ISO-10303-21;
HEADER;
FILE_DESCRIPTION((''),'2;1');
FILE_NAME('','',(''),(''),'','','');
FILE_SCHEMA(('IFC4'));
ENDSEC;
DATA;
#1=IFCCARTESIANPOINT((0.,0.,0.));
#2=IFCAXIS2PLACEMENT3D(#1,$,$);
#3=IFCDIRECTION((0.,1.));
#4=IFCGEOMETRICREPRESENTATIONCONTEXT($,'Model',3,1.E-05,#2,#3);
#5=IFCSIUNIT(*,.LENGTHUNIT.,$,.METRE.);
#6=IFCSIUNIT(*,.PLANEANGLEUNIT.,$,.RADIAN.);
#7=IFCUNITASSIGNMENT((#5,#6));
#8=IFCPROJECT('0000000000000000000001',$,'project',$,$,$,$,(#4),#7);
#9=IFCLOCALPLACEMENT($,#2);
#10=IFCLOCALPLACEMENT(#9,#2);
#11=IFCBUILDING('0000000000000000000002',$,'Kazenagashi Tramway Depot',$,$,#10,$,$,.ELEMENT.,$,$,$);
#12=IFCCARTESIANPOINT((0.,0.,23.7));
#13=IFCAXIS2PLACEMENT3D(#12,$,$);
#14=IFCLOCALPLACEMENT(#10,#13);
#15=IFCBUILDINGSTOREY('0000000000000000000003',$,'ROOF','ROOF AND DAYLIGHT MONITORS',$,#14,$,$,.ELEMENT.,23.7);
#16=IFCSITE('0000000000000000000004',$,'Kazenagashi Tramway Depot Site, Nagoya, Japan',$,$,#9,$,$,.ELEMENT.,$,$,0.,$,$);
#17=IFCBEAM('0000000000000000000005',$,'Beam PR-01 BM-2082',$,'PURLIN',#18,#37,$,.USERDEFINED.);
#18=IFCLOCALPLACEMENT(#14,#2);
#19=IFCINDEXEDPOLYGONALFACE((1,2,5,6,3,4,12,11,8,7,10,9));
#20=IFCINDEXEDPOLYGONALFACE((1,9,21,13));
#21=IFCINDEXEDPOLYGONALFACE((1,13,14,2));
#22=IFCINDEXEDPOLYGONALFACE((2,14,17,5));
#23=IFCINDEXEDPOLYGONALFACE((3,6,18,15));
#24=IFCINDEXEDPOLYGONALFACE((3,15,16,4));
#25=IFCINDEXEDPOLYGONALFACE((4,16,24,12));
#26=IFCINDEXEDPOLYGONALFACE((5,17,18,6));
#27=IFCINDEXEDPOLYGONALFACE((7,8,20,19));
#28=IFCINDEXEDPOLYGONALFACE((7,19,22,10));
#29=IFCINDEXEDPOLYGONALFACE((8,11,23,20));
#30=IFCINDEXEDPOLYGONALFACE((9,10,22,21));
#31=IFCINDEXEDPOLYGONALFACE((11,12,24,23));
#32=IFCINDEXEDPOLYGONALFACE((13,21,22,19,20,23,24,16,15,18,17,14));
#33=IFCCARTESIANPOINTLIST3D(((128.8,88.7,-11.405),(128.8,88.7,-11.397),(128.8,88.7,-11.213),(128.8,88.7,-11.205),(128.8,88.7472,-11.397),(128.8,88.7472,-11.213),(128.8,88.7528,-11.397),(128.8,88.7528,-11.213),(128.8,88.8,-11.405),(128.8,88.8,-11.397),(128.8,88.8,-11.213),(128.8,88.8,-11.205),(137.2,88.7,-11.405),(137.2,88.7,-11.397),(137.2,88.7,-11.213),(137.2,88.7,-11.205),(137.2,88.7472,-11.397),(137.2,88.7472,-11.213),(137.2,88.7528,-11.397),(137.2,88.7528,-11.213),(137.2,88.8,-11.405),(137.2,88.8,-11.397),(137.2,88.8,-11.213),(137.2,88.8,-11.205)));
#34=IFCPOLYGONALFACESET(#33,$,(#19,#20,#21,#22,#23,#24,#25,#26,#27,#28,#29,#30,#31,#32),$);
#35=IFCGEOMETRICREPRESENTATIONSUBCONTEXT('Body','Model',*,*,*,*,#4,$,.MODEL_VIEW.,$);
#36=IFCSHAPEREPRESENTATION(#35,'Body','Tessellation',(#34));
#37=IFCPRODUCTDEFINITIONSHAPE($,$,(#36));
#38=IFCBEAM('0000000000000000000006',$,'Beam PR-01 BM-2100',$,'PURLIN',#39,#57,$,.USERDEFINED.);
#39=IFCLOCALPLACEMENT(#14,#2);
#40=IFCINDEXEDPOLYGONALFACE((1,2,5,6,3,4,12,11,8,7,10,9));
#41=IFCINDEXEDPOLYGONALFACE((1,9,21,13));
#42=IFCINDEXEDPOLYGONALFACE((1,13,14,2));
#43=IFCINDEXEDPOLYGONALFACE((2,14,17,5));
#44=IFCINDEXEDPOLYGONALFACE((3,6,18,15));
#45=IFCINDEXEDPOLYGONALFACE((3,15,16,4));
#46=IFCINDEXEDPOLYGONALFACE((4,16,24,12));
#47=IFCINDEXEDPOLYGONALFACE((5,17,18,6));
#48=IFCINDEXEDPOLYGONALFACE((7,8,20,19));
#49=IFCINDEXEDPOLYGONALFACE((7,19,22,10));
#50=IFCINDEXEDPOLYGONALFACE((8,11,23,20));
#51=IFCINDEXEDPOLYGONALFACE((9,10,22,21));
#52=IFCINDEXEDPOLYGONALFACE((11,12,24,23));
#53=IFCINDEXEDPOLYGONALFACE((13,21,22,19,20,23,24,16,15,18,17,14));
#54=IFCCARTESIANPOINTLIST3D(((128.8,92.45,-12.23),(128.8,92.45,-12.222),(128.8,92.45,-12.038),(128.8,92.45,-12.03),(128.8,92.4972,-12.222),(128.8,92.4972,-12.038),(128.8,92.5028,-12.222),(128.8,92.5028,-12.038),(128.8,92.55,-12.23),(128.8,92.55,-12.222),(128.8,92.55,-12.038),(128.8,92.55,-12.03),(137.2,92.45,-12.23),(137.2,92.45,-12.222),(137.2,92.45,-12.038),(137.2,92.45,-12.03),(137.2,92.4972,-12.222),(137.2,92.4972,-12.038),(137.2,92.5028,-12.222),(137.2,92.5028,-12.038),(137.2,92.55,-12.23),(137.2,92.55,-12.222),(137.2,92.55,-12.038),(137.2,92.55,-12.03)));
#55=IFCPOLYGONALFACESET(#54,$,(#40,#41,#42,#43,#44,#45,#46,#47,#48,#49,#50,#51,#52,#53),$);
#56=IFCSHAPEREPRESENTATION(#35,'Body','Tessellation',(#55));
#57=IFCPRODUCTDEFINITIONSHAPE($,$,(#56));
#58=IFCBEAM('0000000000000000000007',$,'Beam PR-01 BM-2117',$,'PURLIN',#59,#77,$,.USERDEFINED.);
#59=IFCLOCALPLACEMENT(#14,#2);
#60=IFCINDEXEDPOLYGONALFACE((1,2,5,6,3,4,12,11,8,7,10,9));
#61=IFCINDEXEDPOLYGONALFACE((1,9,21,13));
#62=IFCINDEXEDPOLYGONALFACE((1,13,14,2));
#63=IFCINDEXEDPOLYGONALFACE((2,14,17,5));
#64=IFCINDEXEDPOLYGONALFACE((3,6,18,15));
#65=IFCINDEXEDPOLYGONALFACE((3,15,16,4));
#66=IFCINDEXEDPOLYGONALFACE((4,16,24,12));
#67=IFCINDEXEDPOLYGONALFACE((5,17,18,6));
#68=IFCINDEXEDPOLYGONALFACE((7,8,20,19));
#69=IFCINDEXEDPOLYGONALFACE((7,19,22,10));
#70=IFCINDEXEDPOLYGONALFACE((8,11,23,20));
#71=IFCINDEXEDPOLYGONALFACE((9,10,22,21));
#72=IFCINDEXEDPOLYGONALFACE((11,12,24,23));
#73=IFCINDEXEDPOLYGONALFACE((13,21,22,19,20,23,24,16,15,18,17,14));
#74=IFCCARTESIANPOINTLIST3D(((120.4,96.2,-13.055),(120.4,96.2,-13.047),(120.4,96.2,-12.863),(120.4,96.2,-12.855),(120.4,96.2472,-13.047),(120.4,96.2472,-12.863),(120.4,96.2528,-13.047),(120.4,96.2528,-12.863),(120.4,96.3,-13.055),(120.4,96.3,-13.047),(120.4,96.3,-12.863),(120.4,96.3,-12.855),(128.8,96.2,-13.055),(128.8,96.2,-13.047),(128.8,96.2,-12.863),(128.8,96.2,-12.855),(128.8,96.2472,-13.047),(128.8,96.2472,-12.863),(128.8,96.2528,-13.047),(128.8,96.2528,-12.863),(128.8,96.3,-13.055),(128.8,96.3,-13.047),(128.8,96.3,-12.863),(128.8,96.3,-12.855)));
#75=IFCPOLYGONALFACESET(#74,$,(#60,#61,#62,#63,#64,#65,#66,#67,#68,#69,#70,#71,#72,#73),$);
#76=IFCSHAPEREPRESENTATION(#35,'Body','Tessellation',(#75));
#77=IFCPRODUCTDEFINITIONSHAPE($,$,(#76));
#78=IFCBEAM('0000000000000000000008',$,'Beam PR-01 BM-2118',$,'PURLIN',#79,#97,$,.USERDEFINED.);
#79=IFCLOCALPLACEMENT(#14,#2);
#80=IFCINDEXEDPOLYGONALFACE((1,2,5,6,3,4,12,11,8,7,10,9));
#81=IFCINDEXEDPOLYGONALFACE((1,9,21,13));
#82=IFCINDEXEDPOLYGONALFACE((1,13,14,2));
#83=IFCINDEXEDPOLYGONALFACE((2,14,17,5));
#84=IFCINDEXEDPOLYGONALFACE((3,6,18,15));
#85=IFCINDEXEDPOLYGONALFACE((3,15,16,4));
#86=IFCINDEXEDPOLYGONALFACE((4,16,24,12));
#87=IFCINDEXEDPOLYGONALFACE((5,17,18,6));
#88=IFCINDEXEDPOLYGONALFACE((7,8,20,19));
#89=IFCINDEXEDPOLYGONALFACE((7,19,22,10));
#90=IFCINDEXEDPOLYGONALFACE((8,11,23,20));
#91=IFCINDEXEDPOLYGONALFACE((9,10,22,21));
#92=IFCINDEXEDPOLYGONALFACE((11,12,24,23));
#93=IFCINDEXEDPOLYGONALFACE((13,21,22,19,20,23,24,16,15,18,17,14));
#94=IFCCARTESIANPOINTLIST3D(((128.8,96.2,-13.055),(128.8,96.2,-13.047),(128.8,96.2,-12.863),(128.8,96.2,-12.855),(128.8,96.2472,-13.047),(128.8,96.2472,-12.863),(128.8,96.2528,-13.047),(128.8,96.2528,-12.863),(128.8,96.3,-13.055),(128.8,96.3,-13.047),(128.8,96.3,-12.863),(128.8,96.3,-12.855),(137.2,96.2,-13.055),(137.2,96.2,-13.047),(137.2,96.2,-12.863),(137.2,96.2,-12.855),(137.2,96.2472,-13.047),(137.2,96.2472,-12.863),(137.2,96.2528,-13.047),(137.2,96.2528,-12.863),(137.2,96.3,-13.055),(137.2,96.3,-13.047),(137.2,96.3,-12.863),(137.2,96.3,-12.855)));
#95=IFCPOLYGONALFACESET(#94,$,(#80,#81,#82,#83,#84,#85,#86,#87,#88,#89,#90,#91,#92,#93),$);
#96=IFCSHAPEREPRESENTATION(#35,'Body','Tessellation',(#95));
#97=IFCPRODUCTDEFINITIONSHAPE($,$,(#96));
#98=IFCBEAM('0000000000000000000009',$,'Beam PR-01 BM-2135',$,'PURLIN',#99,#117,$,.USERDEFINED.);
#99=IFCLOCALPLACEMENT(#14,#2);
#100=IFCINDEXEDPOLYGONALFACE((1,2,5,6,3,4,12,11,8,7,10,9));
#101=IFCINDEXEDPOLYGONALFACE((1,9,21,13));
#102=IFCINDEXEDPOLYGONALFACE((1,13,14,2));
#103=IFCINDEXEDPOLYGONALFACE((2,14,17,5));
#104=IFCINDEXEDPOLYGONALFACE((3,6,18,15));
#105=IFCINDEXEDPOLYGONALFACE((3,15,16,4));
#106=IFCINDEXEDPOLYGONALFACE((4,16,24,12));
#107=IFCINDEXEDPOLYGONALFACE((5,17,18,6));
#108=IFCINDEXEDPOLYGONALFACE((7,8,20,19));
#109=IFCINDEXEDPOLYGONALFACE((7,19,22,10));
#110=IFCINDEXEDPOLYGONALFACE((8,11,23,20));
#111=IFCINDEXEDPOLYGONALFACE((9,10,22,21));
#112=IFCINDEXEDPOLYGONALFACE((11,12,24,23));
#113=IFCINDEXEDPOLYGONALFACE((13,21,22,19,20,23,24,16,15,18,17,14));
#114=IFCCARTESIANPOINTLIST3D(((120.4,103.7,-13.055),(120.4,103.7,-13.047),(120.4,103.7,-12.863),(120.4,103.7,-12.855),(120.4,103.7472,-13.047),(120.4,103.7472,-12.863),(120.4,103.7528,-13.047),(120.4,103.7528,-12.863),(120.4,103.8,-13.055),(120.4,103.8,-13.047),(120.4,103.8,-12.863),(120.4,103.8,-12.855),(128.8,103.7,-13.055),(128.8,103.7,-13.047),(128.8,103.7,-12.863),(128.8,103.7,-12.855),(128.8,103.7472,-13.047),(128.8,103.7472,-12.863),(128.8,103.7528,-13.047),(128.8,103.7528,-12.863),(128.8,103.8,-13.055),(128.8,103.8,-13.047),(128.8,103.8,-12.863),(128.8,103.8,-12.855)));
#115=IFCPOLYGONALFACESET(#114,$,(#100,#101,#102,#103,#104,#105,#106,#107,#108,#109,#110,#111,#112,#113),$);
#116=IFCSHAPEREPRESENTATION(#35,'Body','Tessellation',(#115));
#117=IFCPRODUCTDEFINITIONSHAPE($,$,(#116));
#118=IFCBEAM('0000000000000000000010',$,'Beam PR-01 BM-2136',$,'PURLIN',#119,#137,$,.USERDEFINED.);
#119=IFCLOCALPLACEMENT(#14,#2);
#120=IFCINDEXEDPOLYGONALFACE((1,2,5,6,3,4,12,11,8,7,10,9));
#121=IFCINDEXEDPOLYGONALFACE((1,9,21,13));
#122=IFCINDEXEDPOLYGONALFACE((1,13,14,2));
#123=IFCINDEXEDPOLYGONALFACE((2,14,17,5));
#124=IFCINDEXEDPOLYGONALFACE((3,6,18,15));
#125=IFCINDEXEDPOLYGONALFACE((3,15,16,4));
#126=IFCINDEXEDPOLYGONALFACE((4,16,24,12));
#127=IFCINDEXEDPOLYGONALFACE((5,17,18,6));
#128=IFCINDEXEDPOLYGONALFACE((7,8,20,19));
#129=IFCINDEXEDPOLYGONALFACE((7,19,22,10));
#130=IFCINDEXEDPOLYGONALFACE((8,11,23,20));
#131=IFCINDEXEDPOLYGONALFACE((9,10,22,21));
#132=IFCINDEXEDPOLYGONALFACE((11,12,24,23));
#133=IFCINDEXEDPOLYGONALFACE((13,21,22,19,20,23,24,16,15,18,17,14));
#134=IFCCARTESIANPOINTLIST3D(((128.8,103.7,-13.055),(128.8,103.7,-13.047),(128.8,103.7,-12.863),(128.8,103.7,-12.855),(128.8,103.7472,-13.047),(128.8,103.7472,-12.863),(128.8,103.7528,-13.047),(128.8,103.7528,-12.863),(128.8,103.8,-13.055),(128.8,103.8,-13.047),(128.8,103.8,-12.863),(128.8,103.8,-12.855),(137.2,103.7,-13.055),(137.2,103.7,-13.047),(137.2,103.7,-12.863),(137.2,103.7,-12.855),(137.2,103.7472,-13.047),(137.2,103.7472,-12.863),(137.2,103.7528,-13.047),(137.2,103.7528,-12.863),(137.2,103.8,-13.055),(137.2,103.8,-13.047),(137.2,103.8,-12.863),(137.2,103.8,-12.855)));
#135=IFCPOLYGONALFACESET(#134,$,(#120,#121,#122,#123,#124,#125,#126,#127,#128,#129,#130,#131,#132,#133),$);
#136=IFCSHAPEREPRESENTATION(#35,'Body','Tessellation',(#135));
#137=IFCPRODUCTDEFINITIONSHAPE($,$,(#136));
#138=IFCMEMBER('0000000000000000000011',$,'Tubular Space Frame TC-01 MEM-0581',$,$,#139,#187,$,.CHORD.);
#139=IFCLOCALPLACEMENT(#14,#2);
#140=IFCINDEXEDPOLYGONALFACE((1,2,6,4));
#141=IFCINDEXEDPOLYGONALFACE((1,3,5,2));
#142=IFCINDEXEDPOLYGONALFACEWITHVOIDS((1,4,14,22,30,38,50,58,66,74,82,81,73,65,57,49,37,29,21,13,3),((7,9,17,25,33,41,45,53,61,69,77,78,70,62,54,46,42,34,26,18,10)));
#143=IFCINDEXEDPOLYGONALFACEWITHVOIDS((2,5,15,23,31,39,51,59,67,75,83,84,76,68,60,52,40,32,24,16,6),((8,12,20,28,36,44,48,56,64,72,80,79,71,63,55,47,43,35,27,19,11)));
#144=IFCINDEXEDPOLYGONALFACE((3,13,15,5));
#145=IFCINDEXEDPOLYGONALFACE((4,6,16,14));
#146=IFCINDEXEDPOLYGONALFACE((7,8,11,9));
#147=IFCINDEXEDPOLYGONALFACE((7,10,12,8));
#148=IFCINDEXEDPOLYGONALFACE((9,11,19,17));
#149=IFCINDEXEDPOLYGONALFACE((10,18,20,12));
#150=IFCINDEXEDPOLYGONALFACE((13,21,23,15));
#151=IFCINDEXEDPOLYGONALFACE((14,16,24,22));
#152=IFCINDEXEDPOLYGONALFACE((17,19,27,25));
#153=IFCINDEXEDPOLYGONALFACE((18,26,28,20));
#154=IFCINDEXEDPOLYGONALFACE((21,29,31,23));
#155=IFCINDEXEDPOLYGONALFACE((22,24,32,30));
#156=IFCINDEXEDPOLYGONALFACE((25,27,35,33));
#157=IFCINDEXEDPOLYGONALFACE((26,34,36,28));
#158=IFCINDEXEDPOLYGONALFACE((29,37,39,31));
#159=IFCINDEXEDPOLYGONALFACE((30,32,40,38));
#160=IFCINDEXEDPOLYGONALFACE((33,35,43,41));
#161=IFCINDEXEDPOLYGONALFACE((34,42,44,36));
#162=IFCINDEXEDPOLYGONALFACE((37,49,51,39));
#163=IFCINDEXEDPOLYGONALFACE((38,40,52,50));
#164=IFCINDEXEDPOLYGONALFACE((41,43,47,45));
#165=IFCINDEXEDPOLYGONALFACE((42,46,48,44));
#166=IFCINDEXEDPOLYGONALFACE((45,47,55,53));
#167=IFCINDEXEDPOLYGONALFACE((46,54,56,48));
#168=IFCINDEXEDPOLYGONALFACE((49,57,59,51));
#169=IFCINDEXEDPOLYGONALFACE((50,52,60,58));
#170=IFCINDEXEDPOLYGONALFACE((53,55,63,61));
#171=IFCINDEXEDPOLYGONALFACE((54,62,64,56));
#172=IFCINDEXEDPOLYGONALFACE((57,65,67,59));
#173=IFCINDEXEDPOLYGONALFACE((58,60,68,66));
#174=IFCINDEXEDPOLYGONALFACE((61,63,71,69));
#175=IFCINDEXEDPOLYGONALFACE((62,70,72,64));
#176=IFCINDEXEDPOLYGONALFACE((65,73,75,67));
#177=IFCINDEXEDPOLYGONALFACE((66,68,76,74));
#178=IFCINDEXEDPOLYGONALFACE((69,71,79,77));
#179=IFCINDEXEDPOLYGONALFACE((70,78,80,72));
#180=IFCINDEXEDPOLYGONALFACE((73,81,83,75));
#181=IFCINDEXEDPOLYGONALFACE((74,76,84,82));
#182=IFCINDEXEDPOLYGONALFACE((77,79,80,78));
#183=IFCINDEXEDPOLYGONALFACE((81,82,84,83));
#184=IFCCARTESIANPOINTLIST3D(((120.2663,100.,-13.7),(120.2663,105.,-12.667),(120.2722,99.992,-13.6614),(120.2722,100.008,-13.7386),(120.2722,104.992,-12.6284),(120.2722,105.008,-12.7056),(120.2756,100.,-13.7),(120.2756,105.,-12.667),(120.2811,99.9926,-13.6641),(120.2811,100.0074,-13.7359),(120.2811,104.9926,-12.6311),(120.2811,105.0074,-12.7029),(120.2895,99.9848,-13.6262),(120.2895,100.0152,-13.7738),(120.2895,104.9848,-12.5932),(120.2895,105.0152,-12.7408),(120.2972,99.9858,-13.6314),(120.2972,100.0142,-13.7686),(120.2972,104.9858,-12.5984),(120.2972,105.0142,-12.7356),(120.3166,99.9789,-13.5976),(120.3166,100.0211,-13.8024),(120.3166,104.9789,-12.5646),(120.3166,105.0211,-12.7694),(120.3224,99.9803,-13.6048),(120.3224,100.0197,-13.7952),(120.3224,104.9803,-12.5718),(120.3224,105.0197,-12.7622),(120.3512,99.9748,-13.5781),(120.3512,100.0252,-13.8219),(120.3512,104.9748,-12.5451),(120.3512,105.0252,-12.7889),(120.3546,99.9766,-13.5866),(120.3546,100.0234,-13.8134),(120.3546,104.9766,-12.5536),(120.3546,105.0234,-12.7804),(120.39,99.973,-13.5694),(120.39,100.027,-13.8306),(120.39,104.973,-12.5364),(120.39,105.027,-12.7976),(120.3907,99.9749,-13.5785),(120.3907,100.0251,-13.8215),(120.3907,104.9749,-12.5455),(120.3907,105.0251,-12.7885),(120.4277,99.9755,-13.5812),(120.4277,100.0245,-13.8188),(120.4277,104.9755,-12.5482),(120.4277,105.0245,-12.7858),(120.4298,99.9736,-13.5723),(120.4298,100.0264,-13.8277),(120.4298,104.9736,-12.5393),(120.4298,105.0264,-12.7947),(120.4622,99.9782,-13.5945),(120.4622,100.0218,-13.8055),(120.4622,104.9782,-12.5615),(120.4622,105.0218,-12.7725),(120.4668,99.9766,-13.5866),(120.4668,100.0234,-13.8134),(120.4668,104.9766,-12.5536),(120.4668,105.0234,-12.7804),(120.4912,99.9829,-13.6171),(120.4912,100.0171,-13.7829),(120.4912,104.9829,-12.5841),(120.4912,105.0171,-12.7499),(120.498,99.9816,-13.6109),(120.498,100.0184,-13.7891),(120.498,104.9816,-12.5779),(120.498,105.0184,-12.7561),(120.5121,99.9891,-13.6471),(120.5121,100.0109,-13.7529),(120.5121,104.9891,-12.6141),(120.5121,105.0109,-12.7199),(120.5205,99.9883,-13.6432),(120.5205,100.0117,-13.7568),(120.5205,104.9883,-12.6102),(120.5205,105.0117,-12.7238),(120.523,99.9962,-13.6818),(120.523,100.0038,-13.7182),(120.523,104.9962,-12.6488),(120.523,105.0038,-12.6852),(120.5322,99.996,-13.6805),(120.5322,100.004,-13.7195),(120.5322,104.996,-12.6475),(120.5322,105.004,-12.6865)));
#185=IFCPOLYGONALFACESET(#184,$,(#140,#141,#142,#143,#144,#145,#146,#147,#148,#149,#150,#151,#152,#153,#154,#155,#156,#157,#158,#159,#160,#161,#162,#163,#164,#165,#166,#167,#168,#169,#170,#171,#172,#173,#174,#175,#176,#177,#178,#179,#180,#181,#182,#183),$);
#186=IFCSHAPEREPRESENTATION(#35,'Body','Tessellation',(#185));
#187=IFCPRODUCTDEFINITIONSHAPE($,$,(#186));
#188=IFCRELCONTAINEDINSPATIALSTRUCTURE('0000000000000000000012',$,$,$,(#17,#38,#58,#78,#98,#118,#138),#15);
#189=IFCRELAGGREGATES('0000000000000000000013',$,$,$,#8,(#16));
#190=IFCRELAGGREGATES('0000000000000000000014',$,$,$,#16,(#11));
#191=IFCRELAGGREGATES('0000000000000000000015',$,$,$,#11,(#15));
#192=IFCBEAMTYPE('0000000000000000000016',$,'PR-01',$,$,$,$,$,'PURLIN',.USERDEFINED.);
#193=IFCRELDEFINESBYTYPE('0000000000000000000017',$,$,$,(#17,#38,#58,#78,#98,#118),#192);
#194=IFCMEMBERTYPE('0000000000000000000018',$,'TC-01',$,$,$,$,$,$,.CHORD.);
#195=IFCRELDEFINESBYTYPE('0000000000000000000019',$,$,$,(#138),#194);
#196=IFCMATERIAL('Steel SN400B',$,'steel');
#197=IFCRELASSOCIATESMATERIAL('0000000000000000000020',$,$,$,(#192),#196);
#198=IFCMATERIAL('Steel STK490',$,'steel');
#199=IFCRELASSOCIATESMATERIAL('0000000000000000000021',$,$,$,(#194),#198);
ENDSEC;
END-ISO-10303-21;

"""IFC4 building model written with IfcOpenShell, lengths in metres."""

from ifc_helpers import new_model, si_unit, direction, frame, origin, origin_2d, place, context, subcontext, project, spatial, hollow_circle, i_section, extrude, material, material_profile, profile_set, type_object, element, save


model = new_model("IFC4")

# Units and contexts
model_context = context("Model", 3, precision=1e-05, world=origin(), true_north=direction((0.0, 1.0)))
body_context = subcontext(model_context, "Body", "Model", "MODEL_VIEW")
ifc_project = project(units=[si_unit("LENGTHUNIT", "METRE"), si_unit("PLANEANGLEUNIT", "RADIAN")], contexts=[model_context])

# Site, building, storey
site_placement = place(None, origin())
site = spatial("IfcSite", under=ifc_project, at=site_placement, Name="Kazenagashi Tramway Depot Site, Nagoya, Japan", CompositionType="ELEMENT", RefElevation=0.0)
building_placement = place(site_placement, origin())
building = spatial("IfcBuilding", under=site, at=building_placement, Name="Kazenagashi Tramway Depot", CompositionType="ELEMENT")
storey_placement = place(building_placement, frame((0.0, 0.0, 23.7)))
storey = spatial("IfcBuildingStorey", under=building, at=storey_placement, Name="ROOF", Description="ROOF AND DAYLIGHT MONITORS", CompositionType="ELEMENT", Elevation=23.7)

# Beams
ifc_material_1 = material(Name="Steel SN400B", Category="steel")
ifc_material_profile_1 = material_profile(ifc_material_1, i_section(OverallWidth=0.1, OverallDepth=0.2, WebThickness=0.0055, FlangeThickness=0.008, at=origin_2d()), Name="H-200x100x5.5x8")
ifc_profile_set_1 = profile_set([ifc_material_profile_1], Name="Steel SN400B")
beam_type = type_object("IfcBeamType", Name="PR-01", ElementType="PURLIN", PredefinedType="USERDEFINED", material=ifc_profile_set_1)
for number, where, z_axis, x_axis, name in (
    (1, (128.8, 88.75, -11.305), (1.0, 0.0, 0.0), (0.0, 1.0, 0.0), "Beam PR-01 BM-2082"),
    (2, (128.8, 92.5, -12.13), (1.0, 0.0, 0.0), (0.0, 1.0, 0.0), "Beam PR-01 BM-2100"),
    (3, (120.4, 96.25, -12.955), (1.0, 0.0, 0.0), (0.0, 1.0, 0.0), "Beam PR-01 BM-2117"),
    (4, (128.8, 96.25, -12.955), (1.0, 0.0, 0.0), (0.0, 1.0, 0.0), "Beam PR-01 BM-2118"),
    (5, (120.4, 103.75, -12.955), (1.0, 0.0, 0.0), (0.0, 1.0, 0.0), "Beam PR-01 BM-2135"),
    (6, (128.8, 103.75, -12.955), (1.0, 0.0, 0.0), (0.0, 1.0, 0.0), "Beam PR-01 BM-2136"),
):
    element("IfcBeam", number, at=place(storey_placement, frame(where, z_axis=z_axis, x_axis=x_axis)), inside=storey, type_object=beam_type, Name=name, ObjectType="PURLIN", PredefinedType="USERDEFINED", context=body_context, shape_type="SweptSolid", body=[
        extrude(i_section(OverallWidth=0.1, OverallDepth=0.2, WebThickness=0.0055, FlangeThickness=0.008, at=origin_2d()), origin(), (0.0, 0.0, 1.0), 8.4),
    ])

# Member
ifc_material_2 = material(Name="Steel STK490", Category="steel")
ifc_material_profile_2 = material_profile(ifc_material_2, hollow_circle(Radius=0.1337, WallThickness=0.0093, at=origin_2d()), Name="CHS-267.4x9.3")
ifc_profile_set_2 = profile_set([ifc_material_profile_2], Name="Steel STK490")
member_type_1 = type_object("IfcMemberType", Name="TC-01", PredefinedType="CHORD", material=ifc_profile_set_2)
member_1_placement = place(storey_placement, frame((120.4, 100.0, -13.7), z_axis=(0.0, 0.979318, 0.202327), x_axis=(-1.0, 0.0, 0.0)))
element("IfcMember", 7, at=member_1_placement, inside=storey, type_object=member_type_1, Name="Tubular Space Frame TC-01 MEM-0581", PredefinedType="CHORD", context=body_context, shape_type="SweptSolid", body=[
    extrude(hollow_circle(Radius=0.1337, WallThickness=0.0093, at=origin_2d()), origin(), (0.0, 0.0, 1.0), 5.1056),
])

save(model, "model.ifc")
